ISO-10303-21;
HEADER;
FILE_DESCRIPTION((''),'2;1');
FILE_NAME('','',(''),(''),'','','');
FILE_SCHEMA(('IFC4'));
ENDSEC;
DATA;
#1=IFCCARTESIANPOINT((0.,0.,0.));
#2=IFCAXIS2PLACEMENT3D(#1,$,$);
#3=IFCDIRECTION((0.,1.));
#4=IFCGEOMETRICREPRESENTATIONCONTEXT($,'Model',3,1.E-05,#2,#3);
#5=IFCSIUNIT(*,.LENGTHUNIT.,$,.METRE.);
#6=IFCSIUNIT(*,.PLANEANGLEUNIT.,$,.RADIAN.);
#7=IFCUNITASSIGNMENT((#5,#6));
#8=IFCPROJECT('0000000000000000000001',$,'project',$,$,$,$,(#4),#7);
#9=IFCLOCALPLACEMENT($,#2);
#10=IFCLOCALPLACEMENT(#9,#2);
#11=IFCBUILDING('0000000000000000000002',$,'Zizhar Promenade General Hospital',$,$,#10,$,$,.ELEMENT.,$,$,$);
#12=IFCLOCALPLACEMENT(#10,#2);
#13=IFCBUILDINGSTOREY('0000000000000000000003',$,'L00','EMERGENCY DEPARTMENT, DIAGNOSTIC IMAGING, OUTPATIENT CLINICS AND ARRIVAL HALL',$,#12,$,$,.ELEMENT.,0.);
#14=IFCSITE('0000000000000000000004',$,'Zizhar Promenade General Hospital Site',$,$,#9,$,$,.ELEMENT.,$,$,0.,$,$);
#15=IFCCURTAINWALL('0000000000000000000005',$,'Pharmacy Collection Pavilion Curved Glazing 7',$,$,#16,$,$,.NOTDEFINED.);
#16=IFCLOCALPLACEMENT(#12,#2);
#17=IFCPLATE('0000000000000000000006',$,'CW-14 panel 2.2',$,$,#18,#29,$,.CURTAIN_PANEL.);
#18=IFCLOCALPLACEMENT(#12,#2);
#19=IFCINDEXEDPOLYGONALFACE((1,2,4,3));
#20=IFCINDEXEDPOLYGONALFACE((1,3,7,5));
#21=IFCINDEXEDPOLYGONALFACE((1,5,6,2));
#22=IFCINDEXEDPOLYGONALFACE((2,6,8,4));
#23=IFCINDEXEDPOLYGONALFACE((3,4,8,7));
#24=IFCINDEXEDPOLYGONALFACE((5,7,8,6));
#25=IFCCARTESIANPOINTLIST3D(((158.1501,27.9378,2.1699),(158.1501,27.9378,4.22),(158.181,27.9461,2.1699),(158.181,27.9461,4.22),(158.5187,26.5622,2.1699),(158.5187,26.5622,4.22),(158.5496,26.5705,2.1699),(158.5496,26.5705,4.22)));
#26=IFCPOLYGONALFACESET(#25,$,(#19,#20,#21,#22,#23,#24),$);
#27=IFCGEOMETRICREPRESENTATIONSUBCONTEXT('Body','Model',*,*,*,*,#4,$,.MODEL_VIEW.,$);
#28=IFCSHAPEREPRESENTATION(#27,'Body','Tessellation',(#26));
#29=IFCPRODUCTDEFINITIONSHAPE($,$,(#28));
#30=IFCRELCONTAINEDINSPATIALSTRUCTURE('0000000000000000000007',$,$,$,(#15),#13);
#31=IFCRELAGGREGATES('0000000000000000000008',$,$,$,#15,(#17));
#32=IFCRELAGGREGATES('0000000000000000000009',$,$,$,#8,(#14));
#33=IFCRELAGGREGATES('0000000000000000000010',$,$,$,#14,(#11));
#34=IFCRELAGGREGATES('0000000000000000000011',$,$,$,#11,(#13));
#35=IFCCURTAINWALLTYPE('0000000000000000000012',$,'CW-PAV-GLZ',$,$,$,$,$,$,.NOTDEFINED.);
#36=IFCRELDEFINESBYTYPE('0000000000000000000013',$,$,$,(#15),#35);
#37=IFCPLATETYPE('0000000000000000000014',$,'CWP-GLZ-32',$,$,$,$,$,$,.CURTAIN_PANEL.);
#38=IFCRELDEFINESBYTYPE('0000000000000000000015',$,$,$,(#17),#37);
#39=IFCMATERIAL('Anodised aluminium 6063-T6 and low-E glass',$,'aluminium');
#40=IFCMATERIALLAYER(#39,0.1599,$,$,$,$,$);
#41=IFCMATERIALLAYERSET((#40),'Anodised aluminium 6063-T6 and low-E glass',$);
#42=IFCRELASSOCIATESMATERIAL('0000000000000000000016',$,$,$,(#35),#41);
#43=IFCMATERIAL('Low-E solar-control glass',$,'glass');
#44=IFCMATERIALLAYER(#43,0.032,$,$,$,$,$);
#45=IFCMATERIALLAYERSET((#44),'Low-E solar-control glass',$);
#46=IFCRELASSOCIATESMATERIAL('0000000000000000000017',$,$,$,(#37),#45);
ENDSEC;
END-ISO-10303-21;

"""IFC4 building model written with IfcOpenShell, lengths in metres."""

from ifc_helpers import new_model, si_unit, direction, frame, origin, origin_2d, place, context, subcontext, project, spatial, rectangle, extrude, material, layer, layer_set, type_object, element, aggregate, save


model = new_model("IFC4")

# Units and contexts
model_context = context("Model", 3, precision=1e-05, world=origin(), true_north=direction((0.0, 1.0)))
body_context = subcontext(model_context, "Body", "Model", "MODEL_VIEW")
ifc_project = project(units=[si_unit("LENGTHUNIT", "METRE"), si_unit("PLANEANGLEUNIT", "RADIAN")], contexts=[model_context])

# Site, building, storey
site_placement = place(None, origin())
site = spatial("IfcSite", under=ifc_project, at=site_placement, Name="Zizhar Promenade General Hospital Site", CompositionType="ELEMENT", RefElevation=0.0)
building_placement = place(site_placement, origin())
building = spatial("IfcBuilding", under=site, at=building_placement, Name="Zizhar Promenade General Hospital", CompositionType="ELEMENT")
storey_placement = place(building_placement, origin())
storey = spatial("IfcBuildingStorey", under=building, at=storey_placement, Name="L00", Description="EMERGENCY DEPARTMENT, DIAGNOSTIC IMAGING, OUTPATIENT CLINICS AND ARRIVAL HALL", CompositionType="ELEMENT", Elevation=0.0)

# Shared definitions
ifc_material_1 = material(Name="Anodised aluminium 6063-T6 and low-E glass", Category="aluminium")
ifc_layer_1 = layer(ifc_material_1, 0.1599)
ifc_layer_set_1 = layer_set([ifc_layer_1], Name="Anodised aluminium 6063-T6 and low-E glass")
curtain_wall_type = type_object("IfcCurtainWallType", Name="CW-PAV-GLZ", PredefinedType="NOTDEFINED", material=ifc_layer_set_1)

# Curtain wall
curtain_wall_1_placement = place(storey_placement, origin())
curtain_wall_1 = element("IfcCurtainWall", 1, at=curtain_wall_1_placement, inside=storey, type_object=curtain_wall_type, Name="Pharmacy Collection Pavilion Curved Glazing 7", PredefinedType="NOTDEFINED")

# Plate
ifc_material_2 = material(Name="Low-E solar-control glass", Category="glass")
ifc_layer_2 = layer(ifc_material_2, 0.032)
ifc_layer_set_2 = layer_set([ifc_layer_2], Name="Low-E solar-control glass")
plate_type = type_object("IfcPlateType", Name="CWP-GLZ-32", PredefinedType="CURTAIN_PANEL", material=ifc_layer_set_2)
plate_1_placement = place(storey_placement, frame((158.3499, 27.2542, 2.1699), z_axis=(0.0, 0.0, 1.0), x_axis=(-0.258834, 0.965922, 0.0)))
plate_1 = element("IfcPlate", 2, at=plate_1_placement, type_object=plate_type, Name="CW-14 panel 2.2", PredefinedType="CURTAIN_PANEL", context=body_context, shape_type="SweptSolid", body=[
    extrude(rectangle(XDim=1.4241, YDim=0.032, at=origin_2d()), origin(), (0.0, 0.0, 1.0), 2.05),
])
aggregate(curtain_wall_1, [plate_1])

save(model, "model.ifc")
